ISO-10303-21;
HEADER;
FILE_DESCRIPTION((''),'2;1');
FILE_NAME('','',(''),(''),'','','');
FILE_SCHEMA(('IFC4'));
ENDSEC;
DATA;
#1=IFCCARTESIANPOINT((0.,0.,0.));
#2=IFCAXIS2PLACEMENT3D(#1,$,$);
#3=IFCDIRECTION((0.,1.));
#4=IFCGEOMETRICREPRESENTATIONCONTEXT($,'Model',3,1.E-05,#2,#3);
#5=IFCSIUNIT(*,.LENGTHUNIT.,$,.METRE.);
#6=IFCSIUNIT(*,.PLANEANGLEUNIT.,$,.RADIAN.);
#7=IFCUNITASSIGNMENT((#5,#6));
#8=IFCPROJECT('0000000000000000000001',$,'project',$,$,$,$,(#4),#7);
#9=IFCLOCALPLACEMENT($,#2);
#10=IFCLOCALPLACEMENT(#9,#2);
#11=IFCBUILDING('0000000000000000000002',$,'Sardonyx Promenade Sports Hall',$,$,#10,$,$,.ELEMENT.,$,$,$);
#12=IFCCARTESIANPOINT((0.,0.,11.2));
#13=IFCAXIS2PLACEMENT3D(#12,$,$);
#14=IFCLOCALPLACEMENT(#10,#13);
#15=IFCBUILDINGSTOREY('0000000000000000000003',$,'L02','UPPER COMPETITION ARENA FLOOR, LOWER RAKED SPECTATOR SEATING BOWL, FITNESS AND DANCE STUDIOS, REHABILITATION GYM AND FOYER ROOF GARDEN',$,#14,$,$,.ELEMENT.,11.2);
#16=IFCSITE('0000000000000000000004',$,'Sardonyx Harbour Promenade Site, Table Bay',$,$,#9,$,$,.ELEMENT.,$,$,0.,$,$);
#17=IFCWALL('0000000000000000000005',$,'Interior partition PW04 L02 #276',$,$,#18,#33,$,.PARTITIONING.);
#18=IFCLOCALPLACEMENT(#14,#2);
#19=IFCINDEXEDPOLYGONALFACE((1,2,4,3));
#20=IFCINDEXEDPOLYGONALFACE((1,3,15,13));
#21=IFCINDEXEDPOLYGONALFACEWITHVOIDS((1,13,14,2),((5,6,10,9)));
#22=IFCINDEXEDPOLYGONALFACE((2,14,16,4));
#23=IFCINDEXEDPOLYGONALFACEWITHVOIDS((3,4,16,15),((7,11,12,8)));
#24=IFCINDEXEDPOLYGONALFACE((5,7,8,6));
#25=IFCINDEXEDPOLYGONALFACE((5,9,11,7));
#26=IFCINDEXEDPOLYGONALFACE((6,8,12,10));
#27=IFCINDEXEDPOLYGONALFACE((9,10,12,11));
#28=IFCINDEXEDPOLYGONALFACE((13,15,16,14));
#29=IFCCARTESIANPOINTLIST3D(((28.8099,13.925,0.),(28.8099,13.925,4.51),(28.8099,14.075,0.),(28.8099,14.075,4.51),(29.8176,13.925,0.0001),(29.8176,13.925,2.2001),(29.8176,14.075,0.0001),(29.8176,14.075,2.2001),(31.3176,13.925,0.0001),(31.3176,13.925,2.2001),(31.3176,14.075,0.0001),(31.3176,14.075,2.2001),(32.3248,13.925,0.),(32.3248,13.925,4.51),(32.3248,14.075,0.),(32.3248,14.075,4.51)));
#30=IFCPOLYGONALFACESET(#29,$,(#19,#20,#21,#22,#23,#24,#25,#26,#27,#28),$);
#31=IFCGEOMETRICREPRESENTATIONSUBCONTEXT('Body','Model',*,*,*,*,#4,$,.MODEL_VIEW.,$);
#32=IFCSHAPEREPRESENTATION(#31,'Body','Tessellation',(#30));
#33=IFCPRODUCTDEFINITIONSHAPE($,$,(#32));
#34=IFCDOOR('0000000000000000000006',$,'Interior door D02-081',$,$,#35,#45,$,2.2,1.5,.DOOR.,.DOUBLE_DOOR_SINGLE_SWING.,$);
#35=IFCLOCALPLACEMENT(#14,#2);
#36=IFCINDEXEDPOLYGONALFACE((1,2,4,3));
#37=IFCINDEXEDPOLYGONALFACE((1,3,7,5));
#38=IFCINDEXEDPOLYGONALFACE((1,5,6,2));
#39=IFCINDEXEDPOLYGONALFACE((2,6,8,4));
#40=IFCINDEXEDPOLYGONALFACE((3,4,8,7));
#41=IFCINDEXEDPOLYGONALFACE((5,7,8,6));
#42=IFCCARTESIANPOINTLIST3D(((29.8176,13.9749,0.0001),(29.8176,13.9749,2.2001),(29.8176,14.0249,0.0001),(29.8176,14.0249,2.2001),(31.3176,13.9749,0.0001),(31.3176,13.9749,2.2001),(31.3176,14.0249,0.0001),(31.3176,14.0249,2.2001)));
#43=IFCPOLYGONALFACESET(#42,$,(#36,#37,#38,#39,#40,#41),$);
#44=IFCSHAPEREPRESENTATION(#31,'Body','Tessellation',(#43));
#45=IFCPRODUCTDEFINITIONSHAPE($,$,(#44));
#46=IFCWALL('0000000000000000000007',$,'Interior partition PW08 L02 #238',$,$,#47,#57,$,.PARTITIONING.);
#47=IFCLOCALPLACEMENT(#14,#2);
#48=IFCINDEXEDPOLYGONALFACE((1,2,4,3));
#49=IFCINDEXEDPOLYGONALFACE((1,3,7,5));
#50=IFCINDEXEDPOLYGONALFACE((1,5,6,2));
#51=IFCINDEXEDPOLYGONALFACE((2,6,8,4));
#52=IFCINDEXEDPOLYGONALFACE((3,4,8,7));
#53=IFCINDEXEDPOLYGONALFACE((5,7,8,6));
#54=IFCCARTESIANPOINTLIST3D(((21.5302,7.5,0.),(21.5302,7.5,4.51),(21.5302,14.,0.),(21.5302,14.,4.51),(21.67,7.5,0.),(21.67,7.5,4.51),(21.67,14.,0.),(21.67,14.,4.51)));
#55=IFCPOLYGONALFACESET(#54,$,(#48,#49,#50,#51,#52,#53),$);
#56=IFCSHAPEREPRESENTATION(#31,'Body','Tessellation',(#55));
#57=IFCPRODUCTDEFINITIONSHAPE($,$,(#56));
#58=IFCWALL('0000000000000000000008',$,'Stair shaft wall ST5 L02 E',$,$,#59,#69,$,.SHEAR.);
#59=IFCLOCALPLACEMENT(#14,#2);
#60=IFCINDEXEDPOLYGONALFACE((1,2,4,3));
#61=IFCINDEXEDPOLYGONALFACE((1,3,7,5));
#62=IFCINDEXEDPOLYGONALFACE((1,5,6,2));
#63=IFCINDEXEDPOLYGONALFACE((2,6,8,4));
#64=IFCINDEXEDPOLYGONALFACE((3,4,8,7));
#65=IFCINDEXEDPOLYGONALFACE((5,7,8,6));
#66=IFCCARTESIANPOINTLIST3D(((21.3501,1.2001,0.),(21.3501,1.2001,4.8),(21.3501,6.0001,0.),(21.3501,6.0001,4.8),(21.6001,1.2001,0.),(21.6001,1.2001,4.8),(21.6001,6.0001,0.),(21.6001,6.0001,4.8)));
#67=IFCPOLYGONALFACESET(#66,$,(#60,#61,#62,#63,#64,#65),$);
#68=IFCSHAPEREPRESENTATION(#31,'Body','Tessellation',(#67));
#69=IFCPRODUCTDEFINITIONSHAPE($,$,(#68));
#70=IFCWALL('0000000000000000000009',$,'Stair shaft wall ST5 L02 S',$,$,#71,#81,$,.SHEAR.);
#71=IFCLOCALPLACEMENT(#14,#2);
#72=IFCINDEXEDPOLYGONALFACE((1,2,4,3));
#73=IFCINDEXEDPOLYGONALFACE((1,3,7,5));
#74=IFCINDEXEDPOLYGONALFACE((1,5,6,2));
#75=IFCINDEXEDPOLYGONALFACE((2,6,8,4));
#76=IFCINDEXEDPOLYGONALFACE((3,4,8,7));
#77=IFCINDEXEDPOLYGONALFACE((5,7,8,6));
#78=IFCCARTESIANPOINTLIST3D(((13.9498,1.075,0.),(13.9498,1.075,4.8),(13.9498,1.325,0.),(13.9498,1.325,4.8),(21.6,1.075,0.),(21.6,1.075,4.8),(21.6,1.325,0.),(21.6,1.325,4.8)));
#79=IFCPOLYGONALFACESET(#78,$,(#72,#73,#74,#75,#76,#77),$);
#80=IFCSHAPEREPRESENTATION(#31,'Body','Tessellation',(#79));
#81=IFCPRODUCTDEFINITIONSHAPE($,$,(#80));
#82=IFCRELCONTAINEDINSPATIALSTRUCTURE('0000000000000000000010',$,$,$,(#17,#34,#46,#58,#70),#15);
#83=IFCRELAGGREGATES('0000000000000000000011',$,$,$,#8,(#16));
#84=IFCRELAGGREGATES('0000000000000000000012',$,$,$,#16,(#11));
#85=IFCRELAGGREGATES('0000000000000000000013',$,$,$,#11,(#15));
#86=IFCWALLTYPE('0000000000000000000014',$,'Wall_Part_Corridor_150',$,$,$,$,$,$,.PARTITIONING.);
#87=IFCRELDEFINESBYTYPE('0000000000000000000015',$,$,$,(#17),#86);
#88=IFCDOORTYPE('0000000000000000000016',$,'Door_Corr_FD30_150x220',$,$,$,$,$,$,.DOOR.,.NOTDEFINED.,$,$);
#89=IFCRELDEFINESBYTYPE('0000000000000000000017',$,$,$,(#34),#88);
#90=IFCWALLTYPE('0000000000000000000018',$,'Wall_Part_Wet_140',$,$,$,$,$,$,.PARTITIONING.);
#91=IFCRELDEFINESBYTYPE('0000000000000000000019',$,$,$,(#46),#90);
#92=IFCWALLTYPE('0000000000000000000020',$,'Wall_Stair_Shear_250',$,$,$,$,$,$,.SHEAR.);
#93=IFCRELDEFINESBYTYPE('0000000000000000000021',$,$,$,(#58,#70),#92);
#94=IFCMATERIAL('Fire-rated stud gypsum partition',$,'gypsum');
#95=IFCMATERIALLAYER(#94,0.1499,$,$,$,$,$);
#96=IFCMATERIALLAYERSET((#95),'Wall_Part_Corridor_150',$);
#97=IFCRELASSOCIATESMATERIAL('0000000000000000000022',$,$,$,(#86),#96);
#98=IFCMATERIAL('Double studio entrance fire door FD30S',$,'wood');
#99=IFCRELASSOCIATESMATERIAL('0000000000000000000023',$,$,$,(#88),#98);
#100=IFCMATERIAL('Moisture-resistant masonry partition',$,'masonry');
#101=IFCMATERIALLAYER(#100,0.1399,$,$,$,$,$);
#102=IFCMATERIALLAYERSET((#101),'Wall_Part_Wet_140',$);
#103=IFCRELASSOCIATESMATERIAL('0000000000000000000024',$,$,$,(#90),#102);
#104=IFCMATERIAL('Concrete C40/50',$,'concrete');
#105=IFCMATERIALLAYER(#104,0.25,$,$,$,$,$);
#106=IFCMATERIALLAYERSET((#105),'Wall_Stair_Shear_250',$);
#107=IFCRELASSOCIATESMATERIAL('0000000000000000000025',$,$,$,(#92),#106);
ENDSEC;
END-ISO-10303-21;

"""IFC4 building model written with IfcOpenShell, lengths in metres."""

from ifc_helpers import new_model, si_unit, direction, frame, frame_2d, origin, place, context, subcontext, project, spatial, rectangle, extrude, material, layer, layer_set, type_object, element, fill, save


model = new_model("IFC4")

# Units and contexts
model_context = context("Model", 3, precision=1e-05, world=origin(), true_north=direction((0.0, 1.0)))
body_context = subcontext(model_context, "Body", "Model", "MODEL_VIEW")
ifc_project = project(units=[si_unit("LENGTHUNIT", "METRE"), si_unit("PLANEANGLEUNIT", "RADIAN")], contexts=[model_context])

# Site, building, storey
site_placement = place(None, origin())
site = spatial("IfcSite", under=ifc_project, at=site_placement, Name="Sardonyx Harbour Promenade Site, Table Bay", CompositionType="ELEMENT", RefElevation=0.0)
building_placement = place(site_placement, origin())
building = spatial("IfcBuilding", under=site, at=building_placement, Name="Sardonyx Promenade Sports Hall", CompositionType="ELEMENT")
storey_placement = place(building_placement, frame((0.0, 0.0, 11.2)))
storey = spatial("IfcBuildingStorey", under=building, at=storey_placement, Name="L02", Description="UPPER COMPETITION ARENA FLOOR, LOWER RAKED SPECTATOR SEATING BOWL, FITNESS AND DANCE STUDIOS, REHABILITATION GYM AND FOYER ROOF GARDEN", CompositionType="ELEMENT", Elevation=11.2)

# Shared definitions
ifc_material_1 = material(Name="Fire-rated stud gypsum partition", Category="gypsum")
ifc_layer_1 = layer(ifc_material_1, 0.1499)
ifc_layer_set_1 = layer_set([ifc_layer_1], Name="Wall_Part_Corridor_150")
wall_type_1 = type_object("IfcWallType", Name="Wall_Part_Corridor_150", PredefinedType="PARTITIONING", material=ifc_layer_set_1)

# Wall, opening, door
wall_1_placement = place(storey_placement, frame((28.8101, 14.0, 0.0), z_axis=(0.0, 0.0, 1.0), x_axis=(1.0, 0.0, 0.0)))
wall_1 = element("IfcWall", 1, at=wall_1_placement, inside=storey, type_object=wall_type_1, Name="Interior partition PW04 L02 #276", PredefinedType="PARTITIONING", context=body_context, shape_type="SweptSolid", body=[
    extrude(rectangle(XDim=3.5149, YDim=0.1499, at=frame_2d((1.7573, 0.0))), origin(), (0.0, 0.0, 1.0), 4.51),
])
opening_placement = place(wall_1_placement, frame((1.0076, 0.0, 0.0)))
opening = element("IfcOpeningElement", 2, at=opening_placement, cuts=wall_1, PredefinedType="OPENING", context=body_context, shape_type="SweptSolid", body=[
    extrude(rectangle(XDim=1.5, YDim=2.2, at=frame_2d((0.75, 1.1001))), frame((0.0, 0.085, 0.0), z_axis=(0.0, -1.0, 0.0), x_axis=(1.0, 0.0, 0.0)), (0.0, 0.0, 1.0), 0.17),
])
ifc_material_2 = material(Name="Double studio entrance fire door FD30S", Category="wood")
door_type = type_object("IfcDoorType", Name="Door_Corr_FD30_150x220", OperationType="NOTDEFINED", PredefinedType="DOOR", material=ifc_material_2)
door_placement = place(opening_placement, origin())
door = element("IfcDoor", 3, at=door_placement, inside=storey, type_object=door_type, Name="Interior door D02-081", OperationType="DOUBLE_DOOR_SINGLE_SWING", OverallHeight=2.2, OverallWidth=1.5, PredefinedType="DOOR", context=body_context, shape_type="SweptSolid", body=[
    extrude(rectangle(XDim=1.5, YDim=2.2, at=frame_2d((0.75, 1.1001))), frame((0.0, 0.0249, 0.0), z_axis=(0.0, -1.0, 0.0), x_axis=(1.0, 0.0, 0.0)), (0.0, 0.0, 1.0), 0.05),
])
fill(opening, door)

# Walls
ifc_material_3 = material(Name="Moisture-resistant masonry partition", Category="masonry")
ifc_layer_2 = layer(ifc_material_3, 0.1399)
ifc_layer_set_2 = layer_set([ifc_layer_2], Name="Wall_Part_Wet_140")
wall_type_2 = type_object("IfcWallType", Name="Wall_Part_Wet_140", PredefinedType="PARTITIONING", material=ifc_layer_set_2)
wall_2_placement = place(storey_placement, frame((21.6001, 7.5, 0.0), z_axis=(0.0, 0.0, 1.0), x_axis=(0.0, 1.0, 0.0)))
element("IfcWall", 4, at=wall_2_placement, inside=storey, type_object=wall_type_2, Name="Interior partition PW08 L02 #238", PredefinedType="PARTITIONING", context=body_context, shape_type="SweptSolid", body=[
    extrude(rectangle(XDim=6.5, YDim=0.1399, at=frame_2d((3.25, 0.0))), origin(), (0.0, 0.0, 1.0), 4.51),
])
ifc_material_4 = material(Name="Concrete C40/50", Category="concrete")
ifc_layer_3 = layer(ifc_material_4, 0.25)
ifc_layer_set_3 = layer_set([ifc_layer_3], Name="Wall_Stair_Shear_250")
wall_type_3 = type_object("IfcWallType", Name="Wall_Stair_Shear_250", PredefinedType="SHEAR", material=ifc_layer_set_3)
wall_3_placement = place(storey_placement, frame((21.4751, 6.0, 0.0), z_axis=(0.0, 0.0, 1.0), x_axis=(0.0, -1.0, 0.0)))
element("IfcWall", 5, at=wall_3_placement, inside=storey, type_object=wall_type_3, Name="Stair shaft wall ST5 L02 E", PredefinedType="SHEAR", context=body_context, shape_type="SweptSolid", body=[
    extrude(rectangle(XDim=4.8, YDim=0.25, at=frame_2d((2.3999, 0.0))), origin(), (0.0, 0.0, 1.0), 4.8),
])
wall_4_placement = place(storey_placement, frame((21.6001, 1.2, 0.0), z_axis=(0.0, 0.0, 1.0), x_axis=(-1.0, 0.0, 0.0)))
element("IfcWall", 6, at=wall_4_placement, inside=storey, type_object=wall_type_3, Name="Stair shaft wall ST5 L02 S", PredefinedType="SHEAR", context=body_context, shape_type="SweptSolid", body=[
    extrude(rectangle(XDim=7.6501, YDim=0.25, at=frame_2d((3.8252, 0.0))), origin(), (0.0, 0.0, 1.0), 4.8),
])

save(model, "model.ifc")
